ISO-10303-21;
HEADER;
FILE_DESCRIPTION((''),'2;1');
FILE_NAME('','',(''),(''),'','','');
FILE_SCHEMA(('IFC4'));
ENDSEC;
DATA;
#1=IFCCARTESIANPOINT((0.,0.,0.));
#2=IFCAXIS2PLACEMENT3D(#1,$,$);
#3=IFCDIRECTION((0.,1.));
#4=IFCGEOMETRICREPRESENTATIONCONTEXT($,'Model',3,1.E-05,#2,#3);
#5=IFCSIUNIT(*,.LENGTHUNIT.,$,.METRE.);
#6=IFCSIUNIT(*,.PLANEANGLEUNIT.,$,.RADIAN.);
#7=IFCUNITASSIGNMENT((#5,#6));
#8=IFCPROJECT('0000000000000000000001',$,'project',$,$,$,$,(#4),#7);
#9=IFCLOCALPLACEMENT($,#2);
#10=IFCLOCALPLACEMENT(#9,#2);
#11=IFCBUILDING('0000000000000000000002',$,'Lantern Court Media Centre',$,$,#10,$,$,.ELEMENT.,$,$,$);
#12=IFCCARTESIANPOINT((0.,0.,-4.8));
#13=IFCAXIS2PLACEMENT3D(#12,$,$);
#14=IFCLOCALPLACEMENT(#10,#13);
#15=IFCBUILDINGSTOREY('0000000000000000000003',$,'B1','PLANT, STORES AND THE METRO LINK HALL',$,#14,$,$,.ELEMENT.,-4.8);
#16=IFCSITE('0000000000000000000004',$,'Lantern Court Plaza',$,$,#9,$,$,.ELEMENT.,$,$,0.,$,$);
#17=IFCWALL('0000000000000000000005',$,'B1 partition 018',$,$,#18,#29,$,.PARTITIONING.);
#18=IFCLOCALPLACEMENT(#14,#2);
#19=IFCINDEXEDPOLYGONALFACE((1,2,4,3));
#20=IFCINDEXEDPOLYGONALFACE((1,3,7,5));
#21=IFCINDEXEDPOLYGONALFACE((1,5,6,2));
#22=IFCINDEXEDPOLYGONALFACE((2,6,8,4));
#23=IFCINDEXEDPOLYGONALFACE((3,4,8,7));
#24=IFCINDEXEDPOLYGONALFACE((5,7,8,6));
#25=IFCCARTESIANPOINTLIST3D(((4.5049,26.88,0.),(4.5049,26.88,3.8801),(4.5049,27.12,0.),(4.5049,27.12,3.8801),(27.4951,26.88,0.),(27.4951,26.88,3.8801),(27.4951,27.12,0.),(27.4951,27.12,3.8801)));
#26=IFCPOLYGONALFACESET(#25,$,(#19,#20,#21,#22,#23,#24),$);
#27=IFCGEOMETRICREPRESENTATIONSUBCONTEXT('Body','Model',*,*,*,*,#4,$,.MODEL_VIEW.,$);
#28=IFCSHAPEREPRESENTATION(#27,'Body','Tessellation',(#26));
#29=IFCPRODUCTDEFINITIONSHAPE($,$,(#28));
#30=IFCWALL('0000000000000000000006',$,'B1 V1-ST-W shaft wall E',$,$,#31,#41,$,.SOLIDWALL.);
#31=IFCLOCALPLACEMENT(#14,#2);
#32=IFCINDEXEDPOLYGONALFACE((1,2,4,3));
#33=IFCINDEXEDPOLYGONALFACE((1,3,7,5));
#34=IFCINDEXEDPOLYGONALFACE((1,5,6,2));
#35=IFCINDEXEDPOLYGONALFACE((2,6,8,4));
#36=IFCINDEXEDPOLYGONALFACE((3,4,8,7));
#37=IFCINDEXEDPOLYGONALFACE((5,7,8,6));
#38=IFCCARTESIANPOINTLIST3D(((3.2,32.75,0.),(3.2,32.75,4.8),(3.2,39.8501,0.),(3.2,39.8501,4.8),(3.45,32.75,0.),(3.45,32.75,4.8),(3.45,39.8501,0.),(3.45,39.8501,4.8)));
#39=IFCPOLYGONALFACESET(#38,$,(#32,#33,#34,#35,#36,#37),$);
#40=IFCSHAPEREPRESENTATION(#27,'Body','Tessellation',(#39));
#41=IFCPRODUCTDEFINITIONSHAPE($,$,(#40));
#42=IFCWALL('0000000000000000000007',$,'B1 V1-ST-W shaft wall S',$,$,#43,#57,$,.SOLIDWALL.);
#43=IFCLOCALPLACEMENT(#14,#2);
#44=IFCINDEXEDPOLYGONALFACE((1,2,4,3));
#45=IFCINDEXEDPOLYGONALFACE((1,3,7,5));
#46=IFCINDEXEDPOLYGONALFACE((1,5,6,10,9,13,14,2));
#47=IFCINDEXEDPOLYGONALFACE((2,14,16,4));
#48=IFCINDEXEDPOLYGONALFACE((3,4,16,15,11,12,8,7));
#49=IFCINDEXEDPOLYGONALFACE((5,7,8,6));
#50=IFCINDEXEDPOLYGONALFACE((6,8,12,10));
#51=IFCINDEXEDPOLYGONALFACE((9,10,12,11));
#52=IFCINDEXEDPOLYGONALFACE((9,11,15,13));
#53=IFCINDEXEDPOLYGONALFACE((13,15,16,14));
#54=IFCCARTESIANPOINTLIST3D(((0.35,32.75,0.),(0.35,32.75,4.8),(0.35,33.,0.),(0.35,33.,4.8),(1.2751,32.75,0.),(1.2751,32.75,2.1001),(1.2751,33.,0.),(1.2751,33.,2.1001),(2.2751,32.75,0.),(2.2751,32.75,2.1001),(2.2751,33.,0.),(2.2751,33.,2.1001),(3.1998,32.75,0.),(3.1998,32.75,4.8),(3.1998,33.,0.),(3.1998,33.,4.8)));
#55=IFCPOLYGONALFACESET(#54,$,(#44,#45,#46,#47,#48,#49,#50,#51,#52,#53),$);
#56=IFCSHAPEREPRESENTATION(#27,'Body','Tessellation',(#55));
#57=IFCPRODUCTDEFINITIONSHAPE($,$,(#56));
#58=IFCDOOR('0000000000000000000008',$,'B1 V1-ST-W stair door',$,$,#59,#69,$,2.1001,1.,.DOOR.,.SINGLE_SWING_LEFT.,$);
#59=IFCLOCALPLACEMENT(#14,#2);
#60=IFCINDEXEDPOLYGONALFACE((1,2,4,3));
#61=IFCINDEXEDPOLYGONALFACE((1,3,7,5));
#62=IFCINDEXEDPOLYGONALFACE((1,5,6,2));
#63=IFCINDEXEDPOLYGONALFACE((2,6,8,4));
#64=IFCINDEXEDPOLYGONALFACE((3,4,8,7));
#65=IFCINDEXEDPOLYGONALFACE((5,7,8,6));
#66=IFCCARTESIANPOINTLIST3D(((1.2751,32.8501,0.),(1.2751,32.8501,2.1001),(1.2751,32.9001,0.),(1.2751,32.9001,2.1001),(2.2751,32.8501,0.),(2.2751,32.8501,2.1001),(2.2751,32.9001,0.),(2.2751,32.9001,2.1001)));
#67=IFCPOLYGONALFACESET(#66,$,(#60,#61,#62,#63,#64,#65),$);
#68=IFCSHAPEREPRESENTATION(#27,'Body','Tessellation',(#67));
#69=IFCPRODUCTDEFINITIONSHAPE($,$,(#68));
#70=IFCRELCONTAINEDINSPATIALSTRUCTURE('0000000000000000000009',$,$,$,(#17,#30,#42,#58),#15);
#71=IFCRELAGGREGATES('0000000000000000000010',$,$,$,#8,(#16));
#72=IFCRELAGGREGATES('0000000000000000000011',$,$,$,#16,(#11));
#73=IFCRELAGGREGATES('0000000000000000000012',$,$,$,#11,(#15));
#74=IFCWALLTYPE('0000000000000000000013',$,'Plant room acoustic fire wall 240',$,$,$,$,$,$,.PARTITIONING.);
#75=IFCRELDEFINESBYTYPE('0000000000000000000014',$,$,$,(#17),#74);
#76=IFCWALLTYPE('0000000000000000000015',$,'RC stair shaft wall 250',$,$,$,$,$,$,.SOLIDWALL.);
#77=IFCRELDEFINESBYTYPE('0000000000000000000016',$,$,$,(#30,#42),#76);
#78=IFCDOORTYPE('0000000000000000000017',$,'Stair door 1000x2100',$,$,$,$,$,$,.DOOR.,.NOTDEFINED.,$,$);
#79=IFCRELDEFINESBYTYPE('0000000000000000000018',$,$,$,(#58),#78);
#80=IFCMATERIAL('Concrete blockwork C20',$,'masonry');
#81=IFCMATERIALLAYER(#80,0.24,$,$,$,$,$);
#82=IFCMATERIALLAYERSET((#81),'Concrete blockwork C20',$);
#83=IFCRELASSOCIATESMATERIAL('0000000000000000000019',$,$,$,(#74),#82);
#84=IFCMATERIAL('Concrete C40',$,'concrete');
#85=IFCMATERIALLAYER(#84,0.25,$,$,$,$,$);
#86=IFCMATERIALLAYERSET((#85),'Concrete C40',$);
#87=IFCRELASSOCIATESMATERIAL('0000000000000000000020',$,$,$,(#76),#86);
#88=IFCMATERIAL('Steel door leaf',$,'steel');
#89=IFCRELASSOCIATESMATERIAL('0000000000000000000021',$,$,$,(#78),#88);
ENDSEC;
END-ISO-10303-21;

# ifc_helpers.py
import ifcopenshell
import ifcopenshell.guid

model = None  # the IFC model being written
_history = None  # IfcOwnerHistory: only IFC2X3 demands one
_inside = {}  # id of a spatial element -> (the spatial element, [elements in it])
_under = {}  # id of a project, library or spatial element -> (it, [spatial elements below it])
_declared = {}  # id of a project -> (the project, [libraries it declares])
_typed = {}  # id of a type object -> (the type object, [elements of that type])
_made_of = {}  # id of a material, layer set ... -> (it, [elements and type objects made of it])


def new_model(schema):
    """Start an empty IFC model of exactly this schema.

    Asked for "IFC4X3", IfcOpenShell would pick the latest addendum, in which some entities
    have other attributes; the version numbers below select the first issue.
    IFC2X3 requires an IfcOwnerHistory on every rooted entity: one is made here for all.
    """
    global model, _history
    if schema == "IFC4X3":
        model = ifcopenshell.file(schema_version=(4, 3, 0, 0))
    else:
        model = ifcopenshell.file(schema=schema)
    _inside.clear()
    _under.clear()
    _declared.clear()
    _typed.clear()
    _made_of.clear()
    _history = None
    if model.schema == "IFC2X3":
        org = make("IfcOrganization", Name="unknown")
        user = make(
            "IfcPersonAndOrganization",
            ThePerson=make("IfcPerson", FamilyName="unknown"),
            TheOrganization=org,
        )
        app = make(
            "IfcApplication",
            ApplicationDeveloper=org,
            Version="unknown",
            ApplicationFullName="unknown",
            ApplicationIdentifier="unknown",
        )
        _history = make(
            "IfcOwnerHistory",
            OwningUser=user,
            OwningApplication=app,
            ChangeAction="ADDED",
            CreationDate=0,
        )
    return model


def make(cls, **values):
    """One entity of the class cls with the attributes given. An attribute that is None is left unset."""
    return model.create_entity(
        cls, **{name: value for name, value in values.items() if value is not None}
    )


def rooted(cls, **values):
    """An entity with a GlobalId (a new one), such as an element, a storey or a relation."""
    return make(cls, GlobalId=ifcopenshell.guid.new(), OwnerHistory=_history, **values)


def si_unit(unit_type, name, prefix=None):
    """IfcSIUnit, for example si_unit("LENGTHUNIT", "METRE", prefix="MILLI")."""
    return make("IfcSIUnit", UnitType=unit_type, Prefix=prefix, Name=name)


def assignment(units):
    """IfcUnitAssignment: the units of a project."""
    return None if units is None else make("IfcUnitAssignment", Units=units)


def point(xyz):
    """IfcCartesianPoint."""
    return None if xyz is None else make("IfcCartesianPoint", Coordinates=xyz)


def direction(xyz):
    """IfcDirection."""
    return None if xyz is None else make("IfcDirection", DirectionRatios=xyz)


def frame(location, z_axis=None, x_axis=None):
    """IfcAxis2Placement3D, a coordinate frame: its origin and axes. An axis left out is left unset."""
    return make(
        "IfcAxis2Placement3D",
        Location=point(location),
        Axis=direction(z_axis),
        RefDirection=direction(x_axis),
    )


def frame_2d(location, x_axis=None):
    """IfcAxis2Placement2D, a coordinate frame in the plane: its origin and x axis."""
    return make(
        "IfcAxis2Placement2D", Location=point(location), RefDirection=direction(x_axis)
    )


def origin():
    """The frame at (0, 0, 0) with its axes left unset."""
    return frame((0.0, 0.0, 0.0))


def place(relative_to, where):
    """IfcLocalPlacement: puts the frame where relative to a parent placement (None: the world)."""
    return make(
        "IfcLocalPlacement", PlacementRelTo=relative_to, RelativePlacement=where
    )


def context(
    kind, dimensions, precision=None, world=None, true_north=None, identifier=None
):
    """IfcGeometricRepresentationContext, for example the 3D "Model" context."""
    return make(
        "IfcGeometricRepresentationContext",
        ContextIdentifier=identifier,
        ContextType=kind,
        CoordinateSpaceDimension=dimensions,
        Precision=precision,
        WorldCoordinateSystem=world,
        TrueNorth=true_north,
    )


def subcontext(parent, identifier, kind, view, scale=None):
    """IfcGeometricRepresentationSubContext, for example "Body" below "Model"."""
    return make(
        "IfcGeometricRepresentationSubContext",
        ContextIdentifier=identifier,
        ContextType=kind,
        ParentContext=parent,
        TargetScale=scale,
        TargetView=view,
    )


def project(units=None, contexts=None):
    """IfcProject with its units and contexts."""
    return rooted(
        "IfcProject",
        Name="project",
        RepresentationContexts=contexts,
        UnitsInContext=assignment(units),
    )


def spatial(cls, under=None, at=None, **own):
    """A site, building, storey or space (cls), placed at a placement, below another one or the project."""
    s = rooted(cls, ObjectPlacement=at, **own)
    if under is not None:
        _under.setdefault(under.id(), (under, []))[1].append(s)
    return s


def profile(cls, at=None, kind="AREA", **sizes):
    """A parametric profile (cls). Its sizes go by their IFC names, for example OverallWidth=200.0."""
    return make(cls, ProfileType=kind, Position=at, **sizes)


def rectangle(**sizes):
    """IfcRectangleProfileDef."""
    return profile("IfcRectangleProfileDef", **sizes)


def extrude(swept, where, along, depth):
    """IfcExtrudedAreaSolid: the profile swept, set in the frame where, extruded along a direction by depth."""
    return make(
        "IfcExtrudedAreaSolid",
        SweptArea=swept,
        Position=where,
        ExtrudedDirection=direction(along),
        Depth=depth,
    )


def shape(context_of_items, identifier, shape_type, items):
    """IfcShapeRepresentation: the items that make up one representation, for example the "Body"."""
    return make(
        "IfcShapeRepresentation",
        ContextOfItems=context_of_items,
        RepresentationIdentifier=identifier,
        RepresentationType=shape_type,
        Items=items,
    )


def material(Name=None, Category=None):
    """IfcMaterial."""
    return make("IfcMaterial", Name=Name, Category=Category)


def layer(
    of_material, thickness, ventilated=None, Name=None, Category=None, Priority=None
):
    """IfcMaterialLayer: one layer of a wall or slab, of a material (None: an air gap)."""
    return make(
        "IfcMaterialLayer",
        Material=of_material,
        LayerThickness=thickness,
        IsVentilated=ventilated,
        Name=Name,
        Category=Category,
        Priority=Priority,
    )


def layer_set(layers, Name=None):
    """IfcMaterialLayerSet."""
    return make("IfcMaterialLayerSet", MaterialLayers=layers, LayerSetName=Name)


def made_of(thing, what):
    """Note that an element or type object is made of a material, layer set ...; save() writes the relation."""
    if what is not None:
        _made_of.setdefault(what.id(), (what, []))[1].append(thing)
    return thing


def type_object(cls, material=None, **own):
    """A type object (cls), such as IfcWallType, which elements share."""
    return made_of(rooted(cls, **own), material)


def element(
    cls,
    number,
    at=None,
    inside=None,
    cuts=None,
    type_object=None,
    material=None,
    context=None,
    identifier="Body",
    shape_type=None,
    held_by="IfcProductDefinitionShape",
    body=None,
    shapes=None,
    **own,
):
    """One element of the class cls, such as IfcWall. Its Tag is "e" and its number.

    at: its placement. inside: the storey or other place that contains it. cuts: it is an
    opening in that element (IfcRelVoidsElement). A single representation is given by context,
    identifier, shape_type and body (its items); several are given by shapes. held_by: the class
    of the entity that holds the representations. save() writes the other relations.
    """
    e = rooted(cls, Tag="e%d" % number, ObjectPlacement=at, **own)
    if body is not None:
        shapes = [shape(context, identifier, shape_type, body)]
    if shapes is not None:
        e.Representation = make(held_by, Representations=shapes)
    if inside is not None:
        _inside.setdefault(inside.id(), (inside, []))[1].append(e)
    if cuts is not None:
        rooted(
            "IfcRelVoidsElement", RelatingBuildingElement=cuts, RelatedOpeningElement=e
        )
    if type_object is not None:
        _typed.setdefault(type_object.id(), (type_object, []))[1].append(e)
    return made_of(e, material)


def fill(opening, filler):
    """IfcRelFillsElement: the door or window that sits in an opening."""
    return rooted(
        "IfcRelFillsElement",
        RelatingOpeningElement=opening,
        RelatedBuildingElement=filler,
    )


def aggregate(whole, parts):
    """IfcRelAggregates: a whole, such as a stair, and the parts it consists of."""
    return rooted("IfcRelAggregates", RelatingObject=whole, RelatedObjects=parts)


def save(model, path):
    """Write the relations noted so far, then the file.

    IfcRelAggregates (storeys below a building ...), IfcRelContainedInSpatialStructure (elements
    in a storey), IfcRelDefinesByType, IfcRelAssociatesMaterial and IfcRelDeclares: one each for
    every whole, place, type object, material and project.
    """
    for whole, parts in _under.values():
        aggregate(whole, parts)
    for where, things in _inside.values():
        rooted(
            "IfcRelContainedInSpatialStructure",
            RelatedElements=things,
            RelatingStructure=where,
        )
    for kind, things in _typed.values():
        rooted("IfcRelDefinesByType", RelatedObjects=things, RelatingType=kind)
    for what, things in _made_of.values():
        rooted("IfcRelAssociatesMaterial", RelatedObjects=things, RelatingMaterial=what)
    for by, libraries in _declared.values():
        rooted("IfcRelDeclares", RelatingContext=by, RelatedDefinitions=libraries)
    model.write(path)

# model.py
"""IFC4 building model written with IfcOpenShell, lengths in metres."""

from ifc_helpers import new_model, si_unit, direction, frame, frame_2d, origin, place, context, subcontext, project, spatial, rectangle, extrude, material, layer, layer_set, type_object, element, fill, save


model = new_model("IFC4")

# Units and contexts
model_context = context("Model", 3, precision=1e-05, world=origin(), true_north=direction((0.0, 1.0)))
body_context = subcontext(model_context, "Body", "Model", "MODEL_VIEW")
ifc_project = project(units=[si_unit("LENGTHUNIT", "METRE"), si_unit("PLANEANGLEUNIT", "RADIAN")], contexts=[model_context])

# Site, building, storey
site_placement = place(None, origin())
site = spatial("IfcSite", under=ifc_project, at=site_placement, Name="Lantern Court Plaza", CompositionType="ELEMENT", RefElevation=0.0)
building_placement = place(site_placement, origin())
building = spatial("IfcBuilding", under=site, at=building_placement, Name="Lantern Court Media Centre", CompositionType="ELEMENT")
storey_placement = place(building_placement, frame((0.0, 0.0, -4.8)))
storey = spatial("IfcBuildingStorey", under=building, at=storey_placement, Name="B1", Description="PLANT, STORES AND THE METRO LINK HALL", CompositionType="ELEMENT", Elevation=-4.8)

# Walls
ifc_material_1 = material(Name="Concrete blockwork C20", Category="masonry")
ifc_layer_1 = layer(ifc_material_1, 0.24)
ifc_layer_set_1 = layer_set([ifc_layer_1], Name="Concrete blockwork C20")
wall_type_1 = type_object("IfcWallType", Name="Plant room acoustic fire wall 240", PredefinedType="PARTITIONING", material=ifc_layer_set_1)
wall_1_placement = place(storey_placement, frame((4.5049, 27.0, 0.0), z_axis=(0.0, 0.0, 1.0), x_axis=(1.0, 0.0, 0.0)))
element("IfcWall", 1, at=wall_1_placement, inside=storey, type_object=wall_type_1, Name="B1 partition 018", PredefinedType="PARTITIONING", context=body_context, shape_type="SweptSolid", body=[
    extrude(rectangle(XDim=22.9902, YDim=0.24, at=frame_2d((11.4951, 0.0))), origin(), (0.0, 0.0, 1.0), 3.8801),
])
ifc_material_2 = material(Name="Concrete C40", Category="concrete")
ifc_layer_2 = layer(ifc_material_2, 0.25)
ifc_layer_set_2 = layer_set([ifc_layer_2], Name="Concrete C40")
wall_type_2 = type_object("IfcWallType", Name="RC stair shaft wall 250", PredefinedType="SOLIDWALL", material=ifc_layer_set_2)
wall_2_placement = place(storey_placement, frame((3.325, 32.75, 0.0), z_axis=(0.0, 0.0, 1.0), x_axis=(0.0, 1.0, 0.0)))
element("IfcWall", 2, at=wall_2_placement, inside=storey, type_object=wall_type_2, Name="B1 V1-ST-W shaft wall E", PredefinedType="SOLIDWALL", context=body_context, shape_type="SweptSolid", body=[
    extrude(rectangle(XDim=7.1001, YDim=0.25, at=frame_2d((3.55, 0.0))), origin(), (0.0, 0.0, 1.0), 4.8),
])

# Wall, opening, door
wall_3_placement = place(storey_placement, frame((0.3501, 32.875, 0.0), z_axis=(0.0, 0.0, 1.0), x_axis=(1.0, 0.0, 0.0)))
wall_3 = element("IfcWall", 3, at=wall_3_placement, inside=storey, type_object=wall_type_2, Name="B1 V1-ST-W shaft wall S", PredefinedType="SOLIDWALL", context=body_context, shape_type="SweptSolid", body=[
    extrude(rectangle(XDim=2.8499, YDim=0.25, at=frame_2d((1.4248, 0.0))), origin(), (0.0, 0.0, 1.0), 4.8),
])
opening_placement = place(wall_3_placement, frame((0.925, 0.0, 0.0)))
opening = element("IfcOpeningElement", 4, at=opening_placement, cuts=wall_3, PredefinedType="OPENING", context=body_context, shape_type="SweptSolid", body=[
    extrude(rectangle(XDim=1.0, YDim=2.1001, at=frame_2d((0.5, 1.05))), frame((0.0, 0.135, 0.0), z_axis=(0.0, -1.0, 0.0), x_axis=(1.0, 0.0, 0.0)), (0.0, 0.0, 1.0), 0.27),
])
ifc_material_3 = material(Name="Steel door leaf", Category="steel")
door_type = type_object("IfcDoorType", Name="Stair door 1000x2100", OperationType="NOTDEFINED", PredefinedType="DOOR", material=ifc_material_3)
door_placement = place(opening_placement, frame((1.0, 0.0, 0.0), z_axis=(0.0, 0.0, 1.0), x_axis=(-1.0, 0.0, 0.0)))
door = element("IfcDoor", 5, at=door_placement, inside=storey, type_object=door_type, Name="B1 V1-ST-W stair door", OperationType="SINGLE_SWING_LEFT", OverallHeight=2.1001, OverallWidth=1.0, PredefinedType="DOOR", context=body_context, shape_type="SweptSolid", body=[
    extrude(rectangle(XDim=1.0, YDim=2.1001, at=frame_2d((0.5, 1.05))), frame((0.0, 0.0249, 0.0), z_axis=(0.0, -1.0, 0.0), x_axis=(1.0, 0.0, 0.0)), (0.0, 0.0, 1.0), 0.05),
])
fill(opening, door)

save(model, "model.ifc")
